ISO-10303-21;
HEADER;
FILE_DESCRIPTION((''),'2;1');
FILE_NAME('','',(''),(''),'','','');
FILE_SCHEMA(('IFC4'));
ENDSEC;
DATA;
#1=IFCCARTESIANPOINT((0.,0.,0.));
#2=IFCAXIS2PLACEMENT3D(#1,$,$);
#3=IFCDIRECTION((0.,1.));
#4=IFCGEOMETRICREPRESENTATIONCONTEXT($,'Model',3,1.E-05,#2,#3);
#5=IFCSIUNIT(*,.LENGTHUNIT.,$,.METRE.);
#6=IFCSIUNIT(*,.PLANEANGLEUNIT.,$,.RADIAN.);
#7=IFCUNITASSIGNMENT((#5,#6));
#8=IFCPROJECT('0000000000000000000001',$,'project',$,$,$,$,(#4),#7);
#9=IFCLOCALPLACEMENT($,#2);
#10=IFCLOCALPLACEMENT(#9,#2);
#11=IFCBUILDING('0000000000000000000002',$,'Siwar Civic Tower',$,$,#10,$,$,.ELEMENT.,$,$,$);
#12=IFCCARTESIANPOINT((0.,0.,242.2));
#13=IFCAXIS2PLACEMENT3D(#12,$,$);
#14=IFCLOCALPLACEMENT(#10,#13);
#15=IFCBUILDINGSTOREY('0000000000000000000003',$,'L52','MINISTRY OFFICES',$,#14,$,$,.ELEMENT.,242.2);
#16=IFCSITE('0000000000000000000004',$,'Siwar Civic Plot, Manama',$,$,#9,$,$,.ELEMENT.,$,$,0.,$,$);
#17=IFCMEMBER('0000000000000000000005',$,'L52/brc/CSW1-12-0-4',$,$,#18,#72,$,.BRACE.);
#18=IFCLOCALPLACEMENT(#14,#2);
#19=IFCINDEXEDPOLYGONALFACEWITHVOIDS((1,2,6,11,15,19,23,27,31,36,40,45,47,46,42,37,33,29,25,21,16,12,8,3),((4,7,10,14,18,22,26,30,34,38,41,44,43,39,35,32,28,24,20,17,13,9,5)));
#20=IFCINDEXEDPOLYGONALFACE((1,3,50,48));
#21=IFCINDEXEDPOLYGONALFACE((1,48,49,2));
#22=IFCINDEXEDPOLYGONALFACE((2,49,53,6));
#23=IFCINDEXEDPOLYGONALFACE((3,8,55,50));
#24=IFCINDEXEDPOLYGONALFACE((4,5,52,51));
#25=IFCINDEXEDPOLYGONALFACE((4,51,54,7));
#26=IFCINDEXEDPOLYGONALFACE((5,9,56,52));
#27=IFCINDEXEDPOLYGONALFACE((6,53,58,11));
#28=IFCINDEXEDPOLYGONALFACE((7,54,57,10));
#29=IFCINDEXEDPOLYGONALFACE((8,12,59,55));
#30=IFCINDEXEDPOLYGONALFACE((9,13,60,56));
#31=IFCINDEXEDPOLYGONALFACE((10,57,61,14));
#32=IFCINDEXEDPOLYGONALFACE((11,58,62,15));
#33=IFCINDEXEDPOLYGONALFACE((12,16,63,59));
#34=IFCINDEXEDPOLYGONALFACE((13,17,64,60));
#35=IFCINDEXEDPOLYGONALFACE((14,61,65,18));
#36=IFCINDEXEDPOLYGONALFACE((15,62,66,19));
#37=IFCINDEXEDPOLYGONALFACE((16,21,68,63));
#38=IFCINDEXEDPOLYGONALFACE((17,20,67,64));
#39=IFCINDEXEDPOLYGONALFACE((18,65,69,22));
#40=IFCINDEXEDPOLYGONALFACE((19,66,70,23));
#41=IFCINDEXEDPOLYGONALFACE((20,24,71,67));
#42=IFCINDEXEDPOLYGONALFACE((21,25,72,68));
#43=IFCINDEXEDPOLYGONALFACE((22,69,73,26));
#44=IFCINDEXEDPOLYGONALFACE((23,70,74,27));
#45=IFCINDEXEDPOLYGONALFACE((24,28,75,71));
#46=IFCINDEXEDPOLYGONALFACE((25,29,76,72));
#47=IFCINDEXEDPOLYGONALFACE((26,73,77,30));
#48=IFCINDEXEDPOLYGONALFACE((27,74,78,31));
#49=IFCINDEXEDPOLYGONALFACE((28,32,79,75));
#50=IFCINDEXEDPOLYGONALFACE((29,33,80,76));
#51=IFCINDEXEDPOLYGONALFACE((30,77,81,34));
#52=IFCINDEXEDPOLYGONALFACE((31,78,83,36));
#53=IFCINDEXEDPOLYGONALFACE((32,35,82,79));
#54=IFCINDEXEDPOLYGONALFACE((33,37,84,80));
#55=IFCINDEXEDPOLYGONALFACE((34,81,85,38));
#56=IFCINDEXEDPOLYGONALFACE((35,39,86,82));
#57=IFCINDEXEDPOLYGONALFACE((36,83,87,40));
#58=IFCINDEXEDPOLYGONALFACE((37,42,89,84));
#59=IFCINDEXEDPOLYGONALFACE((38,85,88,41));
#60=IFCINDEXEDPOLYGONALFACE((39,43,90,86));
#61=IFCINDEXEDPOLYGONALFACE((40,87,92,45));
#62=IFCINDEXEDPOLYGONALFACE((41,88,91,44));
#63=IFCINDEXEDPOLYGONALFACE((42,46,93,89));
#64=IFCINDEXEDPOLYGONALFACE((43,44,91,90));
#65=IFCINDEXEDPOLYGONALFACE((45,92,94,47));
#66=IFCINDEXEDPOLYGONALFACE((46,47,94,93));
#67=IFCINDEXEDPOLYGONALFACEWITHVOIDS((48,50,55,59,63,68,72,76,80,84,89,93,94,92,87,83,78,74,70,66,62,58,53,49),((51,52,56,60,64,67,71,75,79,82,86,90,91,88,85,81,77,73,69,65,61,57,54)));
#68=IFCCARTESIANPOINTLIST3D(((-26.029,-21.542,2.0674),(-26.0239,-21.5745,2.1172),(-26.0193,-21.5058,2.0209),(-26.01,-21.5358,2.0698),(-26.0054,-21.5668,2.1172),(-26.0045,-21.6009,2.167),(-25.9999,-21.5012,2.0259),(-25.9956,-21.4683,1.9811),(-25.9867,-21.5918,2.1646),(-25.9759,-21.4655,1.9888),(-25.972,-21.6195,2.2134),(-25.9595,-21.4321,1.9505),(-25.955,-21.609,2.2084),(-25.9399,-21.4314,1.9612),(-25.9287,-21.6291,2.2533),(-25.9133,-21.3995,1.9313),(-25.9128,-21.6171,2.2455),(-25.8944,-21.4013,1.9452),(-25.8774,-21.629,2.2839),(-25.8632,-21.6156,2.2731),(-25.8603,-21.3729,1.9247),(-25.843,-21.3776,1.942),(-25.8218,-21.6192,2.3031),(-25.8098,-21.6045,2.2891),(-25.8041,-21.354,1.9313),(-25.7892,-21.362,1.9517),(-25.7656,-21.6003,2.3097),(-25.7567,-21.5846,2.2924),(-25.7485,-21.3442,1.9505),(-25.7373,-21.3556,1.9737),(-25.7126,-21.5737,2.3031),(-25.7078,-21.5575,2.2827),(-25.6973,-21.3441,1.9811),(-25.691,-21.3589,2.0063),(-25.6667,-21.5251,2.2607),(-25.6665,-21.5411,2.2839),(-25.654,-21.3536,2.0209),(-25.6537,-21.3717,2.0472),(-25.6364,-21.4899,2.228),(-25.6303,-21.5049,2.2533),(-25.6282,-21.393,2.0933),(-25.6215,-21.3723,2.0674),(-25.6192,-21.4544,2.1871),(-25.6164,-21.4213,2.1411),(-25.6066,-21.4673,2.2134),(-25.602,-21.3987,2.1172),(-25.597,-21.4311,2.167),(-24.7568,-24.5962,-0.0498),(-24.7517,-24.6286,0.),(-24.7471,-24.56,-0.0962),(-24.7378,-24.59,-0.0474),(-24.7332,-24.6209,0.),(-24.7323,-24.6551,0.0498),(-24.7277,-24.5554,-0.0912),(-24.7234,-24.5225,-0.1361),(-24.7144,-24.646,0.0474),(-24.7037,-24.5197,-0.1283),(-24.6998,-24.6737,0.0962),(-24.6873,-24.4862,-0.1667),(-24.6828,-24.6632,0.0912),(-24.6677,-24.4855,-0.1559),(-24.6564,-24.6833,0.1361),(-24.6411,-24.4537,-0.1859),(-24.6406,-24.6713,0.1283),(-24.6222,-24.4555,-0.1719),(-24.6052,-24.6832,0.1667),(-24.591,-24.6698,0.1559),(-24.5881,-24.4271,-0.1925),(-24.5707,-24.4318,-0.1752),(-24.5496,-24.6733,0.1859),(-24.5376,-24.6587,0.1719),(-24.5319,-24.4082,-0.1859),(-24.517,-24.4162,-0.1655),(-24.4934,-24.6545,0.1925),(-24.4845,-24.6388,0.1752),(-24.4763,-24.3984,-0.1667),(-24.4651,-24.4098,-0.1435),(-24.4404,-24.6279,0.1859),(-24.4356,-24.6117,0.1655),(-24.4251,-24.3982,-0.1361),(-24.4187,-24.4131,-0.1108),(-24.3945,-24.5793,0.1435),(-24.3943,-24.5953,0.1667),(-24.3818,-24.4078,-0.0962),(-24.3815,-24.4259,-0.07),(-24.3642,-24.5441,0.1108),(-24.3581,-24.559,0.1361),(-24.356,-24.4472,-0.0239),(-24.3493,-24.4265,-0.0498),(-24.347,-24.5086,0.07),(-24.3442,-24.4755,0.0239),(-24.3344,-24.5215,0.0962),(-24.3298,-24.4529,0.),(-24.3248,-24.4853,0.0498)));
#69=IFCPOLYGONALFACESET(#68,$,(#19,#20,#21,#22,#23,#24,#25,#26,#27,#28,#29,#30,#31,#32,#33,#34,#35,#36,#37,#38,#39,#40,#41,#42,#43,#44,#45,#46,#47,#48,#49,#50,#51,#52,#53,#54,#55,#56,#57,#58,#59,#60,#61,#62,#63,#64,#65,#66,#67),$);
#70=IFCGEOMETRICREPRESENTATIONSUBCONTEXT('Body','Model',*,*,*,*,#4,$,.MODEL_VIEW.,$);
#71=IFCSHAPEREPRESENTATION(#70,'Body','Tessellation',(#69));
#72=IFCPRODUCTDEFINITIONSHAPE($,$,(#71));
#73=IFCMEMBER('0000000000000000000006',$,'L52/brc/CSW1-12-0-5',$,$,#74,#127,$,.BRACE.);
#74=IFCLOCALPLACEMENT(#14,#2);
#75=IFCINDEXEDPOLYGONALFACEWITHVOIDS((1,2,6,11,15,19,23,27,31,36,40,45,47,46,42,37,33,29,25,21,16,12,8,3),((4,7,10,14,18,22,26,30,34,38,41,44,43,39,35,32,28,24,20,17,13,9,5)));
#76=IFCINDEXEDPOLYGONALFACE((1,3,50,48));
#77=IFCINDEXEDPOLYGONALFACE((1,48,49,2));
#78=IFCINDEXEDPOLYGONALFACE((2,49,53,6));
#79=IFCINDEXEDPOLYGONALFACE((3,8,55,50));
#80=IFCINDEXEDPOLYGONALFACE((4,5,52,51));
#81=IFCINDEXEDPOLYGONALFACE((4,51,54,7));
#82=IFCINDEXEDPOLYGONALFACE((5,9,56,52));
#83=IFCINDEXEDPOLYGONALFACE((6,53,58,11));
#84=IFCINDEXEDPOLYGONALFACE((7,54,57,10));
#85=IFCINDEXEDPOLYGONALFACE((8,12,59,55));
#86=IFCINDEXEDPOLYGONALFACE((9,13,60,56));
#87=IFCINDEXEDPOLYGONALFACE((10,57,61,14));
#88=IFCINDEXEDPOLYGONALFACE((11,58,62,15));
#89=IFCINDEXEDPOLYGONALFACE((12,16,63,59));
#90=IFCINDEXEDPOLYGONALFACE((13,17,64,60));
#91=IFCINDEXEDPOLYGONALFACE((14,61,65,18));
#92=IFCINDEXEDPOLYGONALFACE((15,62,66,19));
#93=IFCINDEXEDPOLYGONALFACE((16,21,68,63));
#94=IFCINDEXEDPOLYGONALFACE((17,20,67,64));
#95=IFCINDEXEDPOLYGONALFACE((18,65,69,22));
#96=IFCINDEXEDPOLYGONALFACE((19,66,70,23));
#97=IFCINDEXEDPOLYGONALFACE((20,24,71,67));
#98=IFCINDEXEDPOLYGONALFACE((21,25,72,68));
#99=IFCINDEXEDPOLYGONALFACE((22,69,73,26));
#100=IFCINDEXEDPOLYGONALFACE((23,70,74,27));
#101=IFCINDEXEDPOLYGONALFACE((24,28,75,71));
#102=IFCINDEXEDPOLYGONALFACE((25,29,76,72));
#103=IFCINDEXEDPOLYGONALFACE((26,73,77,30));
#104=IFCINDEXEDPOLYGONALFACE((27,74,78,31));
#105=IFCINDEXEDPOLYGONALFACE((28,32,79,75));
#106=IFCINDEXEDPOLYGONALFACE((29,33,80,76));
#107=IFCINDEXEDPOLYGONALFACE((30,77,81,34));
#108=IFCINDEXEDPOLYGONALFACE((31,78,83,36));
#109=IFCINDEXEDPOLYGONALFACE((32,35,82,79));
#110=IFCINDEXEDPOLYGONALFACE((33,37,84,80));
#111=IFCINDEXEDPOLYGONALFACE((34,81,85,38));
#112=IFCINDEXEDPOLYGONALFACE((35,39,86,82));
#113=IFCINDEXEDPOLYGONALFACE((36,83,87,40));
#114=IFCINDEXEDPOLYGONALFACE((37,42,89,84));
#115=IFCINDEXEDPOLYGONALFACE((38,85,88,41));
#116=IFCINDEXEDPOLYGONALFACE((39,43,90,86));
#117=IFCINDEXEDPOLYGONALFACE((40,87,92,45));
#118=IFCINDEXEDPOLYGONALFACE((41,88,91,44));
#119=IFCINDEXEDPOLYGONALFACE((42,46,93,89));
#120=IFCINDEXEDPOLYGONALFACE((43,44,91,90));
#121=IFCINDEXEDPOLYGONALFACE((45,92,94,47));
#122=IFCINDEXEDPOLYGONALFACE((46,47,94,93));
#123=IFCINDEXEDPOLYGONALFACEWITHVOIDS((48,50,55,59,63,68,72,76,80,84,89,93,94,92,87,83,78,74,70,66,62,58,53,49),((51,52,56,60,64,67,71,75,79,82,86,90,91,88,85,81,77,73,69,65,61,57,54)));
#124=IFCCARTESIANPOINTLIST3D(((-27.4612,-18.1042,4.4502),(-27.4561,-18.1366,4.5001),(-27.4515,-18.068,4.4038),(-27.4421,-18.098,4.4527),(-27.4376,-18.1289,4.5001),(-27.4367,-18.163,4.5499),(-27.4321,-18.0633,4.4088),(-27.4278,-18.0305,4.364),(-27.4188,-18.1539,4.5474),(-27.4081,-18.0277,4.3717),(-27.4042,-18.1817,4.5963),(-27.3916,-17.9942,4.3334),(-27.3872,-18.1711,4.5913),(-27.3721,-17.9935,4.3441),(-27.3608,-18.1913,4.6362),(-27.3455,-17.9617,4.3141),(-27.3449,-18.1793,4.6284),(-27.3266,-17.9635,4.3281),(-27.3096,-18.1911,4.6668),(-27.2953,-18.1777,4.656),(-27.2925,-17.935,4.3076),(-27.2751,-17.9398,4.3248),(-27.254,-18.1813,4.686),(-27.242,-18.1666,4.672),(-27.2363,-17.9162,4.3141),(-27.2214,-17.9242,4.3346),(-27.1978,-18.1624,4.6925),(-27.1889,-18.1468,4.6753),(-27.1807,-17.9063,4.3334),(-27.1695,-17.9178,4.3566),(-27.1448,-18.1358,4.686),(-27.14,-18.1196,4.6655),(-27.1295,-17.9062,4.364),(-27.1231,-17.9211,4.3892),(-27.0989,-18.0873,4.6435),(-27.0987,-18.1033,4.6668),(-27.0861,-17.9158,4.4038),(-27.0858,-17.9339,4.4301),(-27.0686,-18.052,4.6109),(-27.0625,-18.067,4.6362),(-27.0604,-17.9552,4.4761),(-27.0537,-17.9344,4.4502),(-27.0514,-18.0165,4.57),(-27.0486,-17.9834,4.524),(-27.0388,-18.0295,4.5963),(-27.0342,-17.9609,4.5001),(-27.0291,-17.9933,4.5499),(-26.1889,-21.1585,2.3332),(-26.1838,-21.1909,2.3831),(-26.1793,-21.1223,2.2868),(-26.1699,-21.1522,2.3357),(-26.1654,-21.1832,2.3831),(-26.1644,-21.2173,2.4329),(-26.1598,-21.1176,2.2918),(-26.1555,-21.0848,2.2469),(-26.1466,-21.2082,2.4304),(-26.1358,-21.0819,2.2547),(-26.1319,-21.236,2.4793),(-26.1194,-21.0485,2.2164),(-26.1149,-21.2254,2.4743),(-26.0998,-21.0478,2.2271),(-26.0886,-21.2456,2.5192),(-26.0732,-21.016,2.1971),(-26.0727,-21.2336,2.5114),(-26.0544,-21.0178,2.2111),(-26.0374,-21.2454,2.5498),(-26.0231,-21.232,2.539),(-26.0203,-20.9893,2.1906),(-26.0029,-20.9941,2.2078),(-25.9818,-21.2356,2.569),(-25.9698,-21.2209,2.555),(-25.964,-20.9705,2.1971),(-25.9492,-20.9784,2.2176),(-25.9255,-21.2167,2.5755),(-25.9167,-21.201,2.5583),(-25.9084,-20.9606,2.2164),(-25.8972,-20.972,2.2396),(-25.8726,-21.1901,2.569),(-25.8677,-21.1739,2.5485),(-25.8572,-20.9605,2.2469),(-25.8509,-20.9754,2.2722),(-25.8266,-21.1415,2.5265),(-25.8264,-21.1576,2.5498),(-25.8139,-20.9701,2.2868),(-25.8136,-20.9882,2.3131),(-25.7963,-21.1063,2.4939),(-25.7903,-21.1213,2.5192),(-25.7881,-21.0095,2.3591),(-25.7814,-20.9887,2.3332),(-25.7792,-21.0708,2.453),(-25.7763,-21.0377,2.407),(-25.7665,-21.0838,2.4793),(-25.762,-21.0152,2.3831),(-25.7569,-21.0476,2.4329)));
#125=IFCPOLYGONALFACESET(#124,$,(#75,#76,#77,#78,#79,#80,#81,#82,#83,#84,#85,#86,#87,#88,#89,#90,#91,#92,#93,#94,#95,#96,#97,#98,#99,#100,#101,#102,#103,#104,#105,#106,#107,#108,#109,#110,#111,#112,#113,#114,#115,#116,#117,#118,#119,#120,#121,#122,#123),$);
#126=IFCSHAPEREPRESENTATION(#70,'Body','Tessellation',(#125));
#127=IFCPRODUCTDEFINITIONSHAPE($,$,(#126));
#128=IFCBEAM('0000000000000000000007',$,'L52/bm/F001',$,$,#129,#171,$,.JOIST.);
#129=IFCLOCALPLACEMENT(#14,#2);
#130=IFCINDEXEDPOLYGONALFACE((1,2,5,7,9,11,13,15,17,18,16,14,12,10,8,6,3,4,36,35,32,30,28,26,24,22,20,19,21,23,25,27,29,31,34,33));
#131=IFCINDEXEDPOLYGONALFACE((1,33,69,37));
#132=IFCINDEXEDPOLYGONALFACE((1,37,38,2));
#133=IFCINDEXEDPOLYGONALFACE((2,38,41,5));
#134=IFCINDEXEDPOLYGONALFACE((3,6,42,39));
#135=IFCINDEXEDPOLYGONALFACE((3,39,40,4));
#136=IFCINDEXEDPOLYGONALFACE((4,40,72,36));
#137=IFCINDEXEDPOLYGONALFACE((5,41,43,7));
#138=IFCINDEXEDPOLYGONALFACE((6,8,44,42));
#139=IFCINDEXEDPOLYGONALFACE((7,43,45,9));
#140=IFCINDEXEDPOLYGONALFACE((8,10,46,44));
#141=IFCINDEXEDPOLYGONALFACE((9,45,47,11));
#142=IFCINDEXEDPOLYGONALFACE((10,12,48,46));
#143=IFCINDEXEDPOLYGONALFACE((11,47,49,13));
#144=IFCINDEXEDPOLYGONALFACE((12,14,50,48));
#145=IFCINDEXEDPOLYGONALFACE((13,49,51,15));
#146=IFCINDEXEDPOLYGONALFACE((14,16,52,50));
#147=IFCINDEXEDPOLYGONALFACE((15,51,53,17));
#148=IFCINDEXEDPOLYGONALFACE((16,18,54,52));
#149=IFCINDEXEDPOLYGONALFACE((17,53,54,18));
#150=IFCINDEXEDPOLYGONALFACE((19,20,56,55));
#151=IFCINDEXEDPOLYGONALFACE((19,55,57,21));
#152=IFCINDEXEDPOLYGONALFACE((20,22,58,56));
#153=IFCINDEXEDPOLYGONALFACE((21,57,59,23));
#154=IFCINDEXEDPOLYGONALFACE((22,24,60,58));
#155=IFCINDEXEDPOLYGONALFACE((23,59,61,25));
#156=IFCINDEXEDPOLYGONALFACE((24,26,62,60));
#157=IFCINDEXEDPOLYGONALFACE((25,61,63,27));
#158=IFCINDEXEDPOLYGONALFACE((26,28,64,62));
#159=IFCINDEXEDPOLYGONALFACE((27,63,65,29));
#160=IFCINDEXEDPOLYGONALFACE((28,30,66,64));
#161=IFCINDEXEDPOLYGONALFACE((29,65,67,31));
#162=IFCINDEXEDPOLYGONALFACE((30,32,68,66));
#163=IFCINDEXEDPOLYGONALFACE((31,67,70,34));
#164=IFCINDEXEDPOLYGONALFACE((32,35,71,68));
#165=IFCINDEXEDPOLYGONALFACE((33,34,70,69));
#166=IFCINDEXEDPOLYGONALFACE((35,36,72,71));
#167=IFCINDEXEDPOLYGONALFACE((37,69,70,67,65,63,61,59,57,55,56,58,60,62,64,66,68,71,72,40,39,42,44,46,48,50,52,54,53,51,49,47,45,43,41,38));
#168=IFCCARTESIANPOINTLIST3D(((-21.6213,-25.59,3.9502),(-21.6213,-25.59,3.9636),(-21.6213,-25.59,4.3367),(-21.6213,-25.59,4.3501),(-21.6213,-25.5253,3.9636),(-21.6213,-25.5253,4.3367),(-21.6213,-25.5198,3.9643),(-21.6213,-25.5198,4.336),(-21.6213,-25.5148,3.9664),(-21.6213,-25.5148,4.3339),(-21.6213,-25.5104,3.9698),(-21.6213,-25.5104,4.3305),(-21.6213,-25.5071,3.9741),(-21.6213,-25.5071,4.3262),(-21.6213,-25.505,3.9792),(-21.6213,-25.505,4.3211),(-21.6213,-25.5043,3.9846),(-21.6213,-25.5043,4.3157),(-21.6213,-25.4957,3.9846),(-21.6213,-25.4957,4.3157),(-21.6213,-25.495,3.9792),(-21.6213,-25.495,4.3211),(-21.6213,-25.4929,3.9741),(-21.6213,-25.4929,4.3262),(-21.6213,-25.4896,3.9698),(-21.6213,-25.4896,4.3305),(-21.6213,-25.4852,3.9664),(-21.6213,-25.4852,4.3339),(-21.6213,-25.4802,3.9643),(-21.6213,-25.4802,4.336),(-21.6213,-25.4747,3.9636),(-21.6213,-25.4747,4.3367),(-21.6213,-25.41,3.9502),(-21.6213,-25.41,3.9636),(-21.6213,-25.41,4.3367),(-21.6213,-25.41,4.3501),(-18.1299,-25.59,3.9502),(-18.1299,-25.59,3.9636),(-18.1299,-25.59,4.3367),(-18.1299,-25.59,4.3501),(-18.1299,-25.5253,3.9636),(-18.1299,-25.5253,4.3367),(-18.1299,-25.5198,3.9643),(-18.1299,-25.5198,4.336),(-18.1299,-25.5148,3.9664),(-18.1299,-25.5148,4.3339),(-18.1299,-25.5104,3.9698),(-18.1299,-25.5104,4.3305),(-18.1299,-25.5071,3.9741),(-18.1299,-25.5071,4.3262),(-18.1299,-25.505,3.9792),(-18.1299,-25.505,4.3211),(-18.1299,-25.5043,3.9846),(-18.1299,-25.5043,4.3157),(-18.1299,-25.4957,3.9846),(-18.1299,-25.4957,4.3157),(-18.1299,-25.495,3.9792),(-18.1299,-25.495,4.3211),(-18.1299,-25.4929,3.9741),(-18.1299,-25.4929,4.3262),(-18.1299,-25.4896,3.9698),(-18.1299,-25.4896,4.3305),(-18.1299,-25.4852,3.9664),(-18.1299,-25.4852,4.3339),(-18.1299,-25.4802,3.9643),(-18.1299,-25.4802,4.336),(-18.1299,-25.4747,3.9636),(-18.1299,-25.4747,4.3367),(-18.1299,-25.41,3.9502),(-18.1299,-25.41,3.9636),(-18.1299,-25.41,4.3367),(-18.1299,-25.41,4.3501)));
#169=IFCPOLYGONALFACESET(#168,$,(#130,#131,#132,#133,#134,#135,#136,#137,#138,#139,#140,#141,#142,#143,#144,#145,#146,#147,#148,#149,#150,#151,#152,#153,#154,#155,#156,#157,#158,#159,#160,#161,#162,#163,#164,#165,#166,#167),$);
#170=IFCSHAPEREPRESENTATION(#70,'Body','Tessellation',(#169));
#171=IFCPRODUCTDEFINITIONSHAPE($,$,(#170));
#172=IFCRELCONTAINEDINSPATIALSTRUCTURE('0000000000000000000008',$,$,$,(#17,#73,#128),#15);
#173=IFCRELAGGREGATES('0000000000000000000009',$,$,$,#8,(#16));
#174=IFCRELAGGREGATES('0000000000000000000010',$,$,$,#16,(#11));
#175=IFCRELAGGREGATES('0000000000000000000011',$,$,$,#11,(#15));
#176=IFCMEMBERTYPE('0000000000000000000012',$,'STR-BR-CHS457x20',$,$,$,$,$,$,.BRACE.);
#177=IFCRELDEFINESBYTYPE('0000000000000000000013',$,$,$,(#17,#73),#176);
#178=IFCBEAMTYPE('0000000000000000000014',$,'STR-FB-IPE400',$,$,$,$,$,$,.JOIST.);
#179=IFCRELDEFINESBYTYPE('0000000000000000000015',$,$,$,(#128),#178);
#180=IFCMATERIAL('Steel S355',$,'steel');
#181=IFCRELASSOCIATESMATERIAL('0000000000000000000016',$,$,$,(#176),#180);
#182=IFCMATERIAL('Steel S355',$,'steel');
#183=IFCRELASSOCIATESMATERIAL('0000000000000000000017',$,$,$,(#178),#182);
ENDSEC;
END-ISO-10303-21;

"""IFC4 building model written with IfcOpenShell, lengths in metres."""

from ifc_helpers import new_model, si_unit, direction, frame, origin, origin_2d, place, context, subcontext, project, spatial, hollow_circle, i_section, extrude, material, material_profile, profile_set, type_object, element, save


model = new_model("IFC4")

# Units and contexts
model_context = context("Model", 3, precision=1e-05, world=origin(), true_north=direction((0.0, 1.0)))
body_context = subcontext(model_context, "Body", "Model", "MODEL_VIEW")
ifc_project = project(units=[si_unit("LENGTHUNIT", "METRE"), si_unit("PLANEANGLEUNIT", "RADIAN")], contexts=[model_context])

# Site, building, storey
site_placement = place(None, origin())
site = spatial("IfcSite", under=ifc_project, at=site_placement, Name="Siwar Civic Plot, Manama", CompositionType="ELEMENT", RefElevation=0.0)
building_placement = place(site_placement, origin())
building = spatial("IfcBuilding", under=site, at=building_placement, Name="Siwar Civic Tower", CompositionType="ELEMENT")
storey_placement = place(building_placement, frame((0.0, 0.0, 242.2)))
storey = spatial("IfcBuildingStorey", under=building, at=storey_placement, Name="L52", Description="MINISTRY OFFICES", CompositionType="ELEMENT", Elevation=242.2)

# Members
ifc_material_1 = material(Name="Steel S355", Category="steel")
ifc_material_profile_1 = material_profile(ifc_material_1, hollow_circle(Radius=0.2285, WallThickness=0.02, at=origin_2d()), Name="CHS457x20")
ifc_profile_set_1 = profile_set([ifc_material_profile_1], Name="Steel S355")
member_type_1 = type_object("IfcMemberType", Name="STR-BR-CHS457x20", PredefinedType="BRACE", material=ifc_profile_set_1)
for number, where, z_axis, x_axis, name in (
    (1, (-24.5408, -24.5408, 0.0), (-0.323884, 0.777546, 0.538999), (-0.923116, -0.384521, 0.0), "L52/brc/CSW1-12-0-4"),
    (2, (-25.9729, -21.103, 2.3831), (-0.323895, 0.777572, 0.538955), (-0.923116, -0.384521, 0.0), "L52/brc/CSW1-12-0-5"),
):
    element("IfcMember", number, at=place(storey_placement, frame(where, z_axis=z_axis, x_axis=x_axis)), inside=storey, type_object=member_type_1, Name=name, PredefinedType="BRACE", context=body_context, shape_type="SweptSolid", body=[
        extrude(hollow_circle(Radius=0.2285, WallThickness=0.02, at=origin_2d()), origin(), (0.0, 0.0, 1.0), 3.928),
    ])

# Beam
ifc_material_2 = material(Name="Steel S355", Category="steel")
ifc_material_profile_2 = material_profile(ifc_material_2, i_section(OverallWidth=0.1799, OverallDepth=0.3999, WebThickness=0.0085, FlangeThickness=0.0134, FilletRadius=0.021, at=origin_2d()), Name="IPE400")
ifc_profile_set_2 = profile_set([ifc_material_profile_2], Name="Steel S355")
beam_type_1 = type_object("IfcBeamType", Name="STR-FB-IPE400", PredefinedType="JOIST", material=ifc_profile_set_2)
beam_1_placement = place(storey_placement, frame((-21.6213, -25.5, 4.1501), z_axis=(1.0, 0.0, 0.0), x_axis=(0.0, 1.0, 0.0)))
element("IfcBeam", 3, at=beam_1_placement, inside=storey, type_object=beam_type_1, Name="L52/bm/F001", PredefinedType="JOIST", context=body_context, shape_type="SweptSolid", body=[
    extrude(i_section(OverallWidth=0.1799, OverallDepth=0.3999, WebThickness=0.0085, FlangeThickness=0.0134, FilletRadius=0.021, at=origin_2d()), origin(), (0.0, 0.0, 1.0), 3.4915),
])

save(model, "model.ifc")
